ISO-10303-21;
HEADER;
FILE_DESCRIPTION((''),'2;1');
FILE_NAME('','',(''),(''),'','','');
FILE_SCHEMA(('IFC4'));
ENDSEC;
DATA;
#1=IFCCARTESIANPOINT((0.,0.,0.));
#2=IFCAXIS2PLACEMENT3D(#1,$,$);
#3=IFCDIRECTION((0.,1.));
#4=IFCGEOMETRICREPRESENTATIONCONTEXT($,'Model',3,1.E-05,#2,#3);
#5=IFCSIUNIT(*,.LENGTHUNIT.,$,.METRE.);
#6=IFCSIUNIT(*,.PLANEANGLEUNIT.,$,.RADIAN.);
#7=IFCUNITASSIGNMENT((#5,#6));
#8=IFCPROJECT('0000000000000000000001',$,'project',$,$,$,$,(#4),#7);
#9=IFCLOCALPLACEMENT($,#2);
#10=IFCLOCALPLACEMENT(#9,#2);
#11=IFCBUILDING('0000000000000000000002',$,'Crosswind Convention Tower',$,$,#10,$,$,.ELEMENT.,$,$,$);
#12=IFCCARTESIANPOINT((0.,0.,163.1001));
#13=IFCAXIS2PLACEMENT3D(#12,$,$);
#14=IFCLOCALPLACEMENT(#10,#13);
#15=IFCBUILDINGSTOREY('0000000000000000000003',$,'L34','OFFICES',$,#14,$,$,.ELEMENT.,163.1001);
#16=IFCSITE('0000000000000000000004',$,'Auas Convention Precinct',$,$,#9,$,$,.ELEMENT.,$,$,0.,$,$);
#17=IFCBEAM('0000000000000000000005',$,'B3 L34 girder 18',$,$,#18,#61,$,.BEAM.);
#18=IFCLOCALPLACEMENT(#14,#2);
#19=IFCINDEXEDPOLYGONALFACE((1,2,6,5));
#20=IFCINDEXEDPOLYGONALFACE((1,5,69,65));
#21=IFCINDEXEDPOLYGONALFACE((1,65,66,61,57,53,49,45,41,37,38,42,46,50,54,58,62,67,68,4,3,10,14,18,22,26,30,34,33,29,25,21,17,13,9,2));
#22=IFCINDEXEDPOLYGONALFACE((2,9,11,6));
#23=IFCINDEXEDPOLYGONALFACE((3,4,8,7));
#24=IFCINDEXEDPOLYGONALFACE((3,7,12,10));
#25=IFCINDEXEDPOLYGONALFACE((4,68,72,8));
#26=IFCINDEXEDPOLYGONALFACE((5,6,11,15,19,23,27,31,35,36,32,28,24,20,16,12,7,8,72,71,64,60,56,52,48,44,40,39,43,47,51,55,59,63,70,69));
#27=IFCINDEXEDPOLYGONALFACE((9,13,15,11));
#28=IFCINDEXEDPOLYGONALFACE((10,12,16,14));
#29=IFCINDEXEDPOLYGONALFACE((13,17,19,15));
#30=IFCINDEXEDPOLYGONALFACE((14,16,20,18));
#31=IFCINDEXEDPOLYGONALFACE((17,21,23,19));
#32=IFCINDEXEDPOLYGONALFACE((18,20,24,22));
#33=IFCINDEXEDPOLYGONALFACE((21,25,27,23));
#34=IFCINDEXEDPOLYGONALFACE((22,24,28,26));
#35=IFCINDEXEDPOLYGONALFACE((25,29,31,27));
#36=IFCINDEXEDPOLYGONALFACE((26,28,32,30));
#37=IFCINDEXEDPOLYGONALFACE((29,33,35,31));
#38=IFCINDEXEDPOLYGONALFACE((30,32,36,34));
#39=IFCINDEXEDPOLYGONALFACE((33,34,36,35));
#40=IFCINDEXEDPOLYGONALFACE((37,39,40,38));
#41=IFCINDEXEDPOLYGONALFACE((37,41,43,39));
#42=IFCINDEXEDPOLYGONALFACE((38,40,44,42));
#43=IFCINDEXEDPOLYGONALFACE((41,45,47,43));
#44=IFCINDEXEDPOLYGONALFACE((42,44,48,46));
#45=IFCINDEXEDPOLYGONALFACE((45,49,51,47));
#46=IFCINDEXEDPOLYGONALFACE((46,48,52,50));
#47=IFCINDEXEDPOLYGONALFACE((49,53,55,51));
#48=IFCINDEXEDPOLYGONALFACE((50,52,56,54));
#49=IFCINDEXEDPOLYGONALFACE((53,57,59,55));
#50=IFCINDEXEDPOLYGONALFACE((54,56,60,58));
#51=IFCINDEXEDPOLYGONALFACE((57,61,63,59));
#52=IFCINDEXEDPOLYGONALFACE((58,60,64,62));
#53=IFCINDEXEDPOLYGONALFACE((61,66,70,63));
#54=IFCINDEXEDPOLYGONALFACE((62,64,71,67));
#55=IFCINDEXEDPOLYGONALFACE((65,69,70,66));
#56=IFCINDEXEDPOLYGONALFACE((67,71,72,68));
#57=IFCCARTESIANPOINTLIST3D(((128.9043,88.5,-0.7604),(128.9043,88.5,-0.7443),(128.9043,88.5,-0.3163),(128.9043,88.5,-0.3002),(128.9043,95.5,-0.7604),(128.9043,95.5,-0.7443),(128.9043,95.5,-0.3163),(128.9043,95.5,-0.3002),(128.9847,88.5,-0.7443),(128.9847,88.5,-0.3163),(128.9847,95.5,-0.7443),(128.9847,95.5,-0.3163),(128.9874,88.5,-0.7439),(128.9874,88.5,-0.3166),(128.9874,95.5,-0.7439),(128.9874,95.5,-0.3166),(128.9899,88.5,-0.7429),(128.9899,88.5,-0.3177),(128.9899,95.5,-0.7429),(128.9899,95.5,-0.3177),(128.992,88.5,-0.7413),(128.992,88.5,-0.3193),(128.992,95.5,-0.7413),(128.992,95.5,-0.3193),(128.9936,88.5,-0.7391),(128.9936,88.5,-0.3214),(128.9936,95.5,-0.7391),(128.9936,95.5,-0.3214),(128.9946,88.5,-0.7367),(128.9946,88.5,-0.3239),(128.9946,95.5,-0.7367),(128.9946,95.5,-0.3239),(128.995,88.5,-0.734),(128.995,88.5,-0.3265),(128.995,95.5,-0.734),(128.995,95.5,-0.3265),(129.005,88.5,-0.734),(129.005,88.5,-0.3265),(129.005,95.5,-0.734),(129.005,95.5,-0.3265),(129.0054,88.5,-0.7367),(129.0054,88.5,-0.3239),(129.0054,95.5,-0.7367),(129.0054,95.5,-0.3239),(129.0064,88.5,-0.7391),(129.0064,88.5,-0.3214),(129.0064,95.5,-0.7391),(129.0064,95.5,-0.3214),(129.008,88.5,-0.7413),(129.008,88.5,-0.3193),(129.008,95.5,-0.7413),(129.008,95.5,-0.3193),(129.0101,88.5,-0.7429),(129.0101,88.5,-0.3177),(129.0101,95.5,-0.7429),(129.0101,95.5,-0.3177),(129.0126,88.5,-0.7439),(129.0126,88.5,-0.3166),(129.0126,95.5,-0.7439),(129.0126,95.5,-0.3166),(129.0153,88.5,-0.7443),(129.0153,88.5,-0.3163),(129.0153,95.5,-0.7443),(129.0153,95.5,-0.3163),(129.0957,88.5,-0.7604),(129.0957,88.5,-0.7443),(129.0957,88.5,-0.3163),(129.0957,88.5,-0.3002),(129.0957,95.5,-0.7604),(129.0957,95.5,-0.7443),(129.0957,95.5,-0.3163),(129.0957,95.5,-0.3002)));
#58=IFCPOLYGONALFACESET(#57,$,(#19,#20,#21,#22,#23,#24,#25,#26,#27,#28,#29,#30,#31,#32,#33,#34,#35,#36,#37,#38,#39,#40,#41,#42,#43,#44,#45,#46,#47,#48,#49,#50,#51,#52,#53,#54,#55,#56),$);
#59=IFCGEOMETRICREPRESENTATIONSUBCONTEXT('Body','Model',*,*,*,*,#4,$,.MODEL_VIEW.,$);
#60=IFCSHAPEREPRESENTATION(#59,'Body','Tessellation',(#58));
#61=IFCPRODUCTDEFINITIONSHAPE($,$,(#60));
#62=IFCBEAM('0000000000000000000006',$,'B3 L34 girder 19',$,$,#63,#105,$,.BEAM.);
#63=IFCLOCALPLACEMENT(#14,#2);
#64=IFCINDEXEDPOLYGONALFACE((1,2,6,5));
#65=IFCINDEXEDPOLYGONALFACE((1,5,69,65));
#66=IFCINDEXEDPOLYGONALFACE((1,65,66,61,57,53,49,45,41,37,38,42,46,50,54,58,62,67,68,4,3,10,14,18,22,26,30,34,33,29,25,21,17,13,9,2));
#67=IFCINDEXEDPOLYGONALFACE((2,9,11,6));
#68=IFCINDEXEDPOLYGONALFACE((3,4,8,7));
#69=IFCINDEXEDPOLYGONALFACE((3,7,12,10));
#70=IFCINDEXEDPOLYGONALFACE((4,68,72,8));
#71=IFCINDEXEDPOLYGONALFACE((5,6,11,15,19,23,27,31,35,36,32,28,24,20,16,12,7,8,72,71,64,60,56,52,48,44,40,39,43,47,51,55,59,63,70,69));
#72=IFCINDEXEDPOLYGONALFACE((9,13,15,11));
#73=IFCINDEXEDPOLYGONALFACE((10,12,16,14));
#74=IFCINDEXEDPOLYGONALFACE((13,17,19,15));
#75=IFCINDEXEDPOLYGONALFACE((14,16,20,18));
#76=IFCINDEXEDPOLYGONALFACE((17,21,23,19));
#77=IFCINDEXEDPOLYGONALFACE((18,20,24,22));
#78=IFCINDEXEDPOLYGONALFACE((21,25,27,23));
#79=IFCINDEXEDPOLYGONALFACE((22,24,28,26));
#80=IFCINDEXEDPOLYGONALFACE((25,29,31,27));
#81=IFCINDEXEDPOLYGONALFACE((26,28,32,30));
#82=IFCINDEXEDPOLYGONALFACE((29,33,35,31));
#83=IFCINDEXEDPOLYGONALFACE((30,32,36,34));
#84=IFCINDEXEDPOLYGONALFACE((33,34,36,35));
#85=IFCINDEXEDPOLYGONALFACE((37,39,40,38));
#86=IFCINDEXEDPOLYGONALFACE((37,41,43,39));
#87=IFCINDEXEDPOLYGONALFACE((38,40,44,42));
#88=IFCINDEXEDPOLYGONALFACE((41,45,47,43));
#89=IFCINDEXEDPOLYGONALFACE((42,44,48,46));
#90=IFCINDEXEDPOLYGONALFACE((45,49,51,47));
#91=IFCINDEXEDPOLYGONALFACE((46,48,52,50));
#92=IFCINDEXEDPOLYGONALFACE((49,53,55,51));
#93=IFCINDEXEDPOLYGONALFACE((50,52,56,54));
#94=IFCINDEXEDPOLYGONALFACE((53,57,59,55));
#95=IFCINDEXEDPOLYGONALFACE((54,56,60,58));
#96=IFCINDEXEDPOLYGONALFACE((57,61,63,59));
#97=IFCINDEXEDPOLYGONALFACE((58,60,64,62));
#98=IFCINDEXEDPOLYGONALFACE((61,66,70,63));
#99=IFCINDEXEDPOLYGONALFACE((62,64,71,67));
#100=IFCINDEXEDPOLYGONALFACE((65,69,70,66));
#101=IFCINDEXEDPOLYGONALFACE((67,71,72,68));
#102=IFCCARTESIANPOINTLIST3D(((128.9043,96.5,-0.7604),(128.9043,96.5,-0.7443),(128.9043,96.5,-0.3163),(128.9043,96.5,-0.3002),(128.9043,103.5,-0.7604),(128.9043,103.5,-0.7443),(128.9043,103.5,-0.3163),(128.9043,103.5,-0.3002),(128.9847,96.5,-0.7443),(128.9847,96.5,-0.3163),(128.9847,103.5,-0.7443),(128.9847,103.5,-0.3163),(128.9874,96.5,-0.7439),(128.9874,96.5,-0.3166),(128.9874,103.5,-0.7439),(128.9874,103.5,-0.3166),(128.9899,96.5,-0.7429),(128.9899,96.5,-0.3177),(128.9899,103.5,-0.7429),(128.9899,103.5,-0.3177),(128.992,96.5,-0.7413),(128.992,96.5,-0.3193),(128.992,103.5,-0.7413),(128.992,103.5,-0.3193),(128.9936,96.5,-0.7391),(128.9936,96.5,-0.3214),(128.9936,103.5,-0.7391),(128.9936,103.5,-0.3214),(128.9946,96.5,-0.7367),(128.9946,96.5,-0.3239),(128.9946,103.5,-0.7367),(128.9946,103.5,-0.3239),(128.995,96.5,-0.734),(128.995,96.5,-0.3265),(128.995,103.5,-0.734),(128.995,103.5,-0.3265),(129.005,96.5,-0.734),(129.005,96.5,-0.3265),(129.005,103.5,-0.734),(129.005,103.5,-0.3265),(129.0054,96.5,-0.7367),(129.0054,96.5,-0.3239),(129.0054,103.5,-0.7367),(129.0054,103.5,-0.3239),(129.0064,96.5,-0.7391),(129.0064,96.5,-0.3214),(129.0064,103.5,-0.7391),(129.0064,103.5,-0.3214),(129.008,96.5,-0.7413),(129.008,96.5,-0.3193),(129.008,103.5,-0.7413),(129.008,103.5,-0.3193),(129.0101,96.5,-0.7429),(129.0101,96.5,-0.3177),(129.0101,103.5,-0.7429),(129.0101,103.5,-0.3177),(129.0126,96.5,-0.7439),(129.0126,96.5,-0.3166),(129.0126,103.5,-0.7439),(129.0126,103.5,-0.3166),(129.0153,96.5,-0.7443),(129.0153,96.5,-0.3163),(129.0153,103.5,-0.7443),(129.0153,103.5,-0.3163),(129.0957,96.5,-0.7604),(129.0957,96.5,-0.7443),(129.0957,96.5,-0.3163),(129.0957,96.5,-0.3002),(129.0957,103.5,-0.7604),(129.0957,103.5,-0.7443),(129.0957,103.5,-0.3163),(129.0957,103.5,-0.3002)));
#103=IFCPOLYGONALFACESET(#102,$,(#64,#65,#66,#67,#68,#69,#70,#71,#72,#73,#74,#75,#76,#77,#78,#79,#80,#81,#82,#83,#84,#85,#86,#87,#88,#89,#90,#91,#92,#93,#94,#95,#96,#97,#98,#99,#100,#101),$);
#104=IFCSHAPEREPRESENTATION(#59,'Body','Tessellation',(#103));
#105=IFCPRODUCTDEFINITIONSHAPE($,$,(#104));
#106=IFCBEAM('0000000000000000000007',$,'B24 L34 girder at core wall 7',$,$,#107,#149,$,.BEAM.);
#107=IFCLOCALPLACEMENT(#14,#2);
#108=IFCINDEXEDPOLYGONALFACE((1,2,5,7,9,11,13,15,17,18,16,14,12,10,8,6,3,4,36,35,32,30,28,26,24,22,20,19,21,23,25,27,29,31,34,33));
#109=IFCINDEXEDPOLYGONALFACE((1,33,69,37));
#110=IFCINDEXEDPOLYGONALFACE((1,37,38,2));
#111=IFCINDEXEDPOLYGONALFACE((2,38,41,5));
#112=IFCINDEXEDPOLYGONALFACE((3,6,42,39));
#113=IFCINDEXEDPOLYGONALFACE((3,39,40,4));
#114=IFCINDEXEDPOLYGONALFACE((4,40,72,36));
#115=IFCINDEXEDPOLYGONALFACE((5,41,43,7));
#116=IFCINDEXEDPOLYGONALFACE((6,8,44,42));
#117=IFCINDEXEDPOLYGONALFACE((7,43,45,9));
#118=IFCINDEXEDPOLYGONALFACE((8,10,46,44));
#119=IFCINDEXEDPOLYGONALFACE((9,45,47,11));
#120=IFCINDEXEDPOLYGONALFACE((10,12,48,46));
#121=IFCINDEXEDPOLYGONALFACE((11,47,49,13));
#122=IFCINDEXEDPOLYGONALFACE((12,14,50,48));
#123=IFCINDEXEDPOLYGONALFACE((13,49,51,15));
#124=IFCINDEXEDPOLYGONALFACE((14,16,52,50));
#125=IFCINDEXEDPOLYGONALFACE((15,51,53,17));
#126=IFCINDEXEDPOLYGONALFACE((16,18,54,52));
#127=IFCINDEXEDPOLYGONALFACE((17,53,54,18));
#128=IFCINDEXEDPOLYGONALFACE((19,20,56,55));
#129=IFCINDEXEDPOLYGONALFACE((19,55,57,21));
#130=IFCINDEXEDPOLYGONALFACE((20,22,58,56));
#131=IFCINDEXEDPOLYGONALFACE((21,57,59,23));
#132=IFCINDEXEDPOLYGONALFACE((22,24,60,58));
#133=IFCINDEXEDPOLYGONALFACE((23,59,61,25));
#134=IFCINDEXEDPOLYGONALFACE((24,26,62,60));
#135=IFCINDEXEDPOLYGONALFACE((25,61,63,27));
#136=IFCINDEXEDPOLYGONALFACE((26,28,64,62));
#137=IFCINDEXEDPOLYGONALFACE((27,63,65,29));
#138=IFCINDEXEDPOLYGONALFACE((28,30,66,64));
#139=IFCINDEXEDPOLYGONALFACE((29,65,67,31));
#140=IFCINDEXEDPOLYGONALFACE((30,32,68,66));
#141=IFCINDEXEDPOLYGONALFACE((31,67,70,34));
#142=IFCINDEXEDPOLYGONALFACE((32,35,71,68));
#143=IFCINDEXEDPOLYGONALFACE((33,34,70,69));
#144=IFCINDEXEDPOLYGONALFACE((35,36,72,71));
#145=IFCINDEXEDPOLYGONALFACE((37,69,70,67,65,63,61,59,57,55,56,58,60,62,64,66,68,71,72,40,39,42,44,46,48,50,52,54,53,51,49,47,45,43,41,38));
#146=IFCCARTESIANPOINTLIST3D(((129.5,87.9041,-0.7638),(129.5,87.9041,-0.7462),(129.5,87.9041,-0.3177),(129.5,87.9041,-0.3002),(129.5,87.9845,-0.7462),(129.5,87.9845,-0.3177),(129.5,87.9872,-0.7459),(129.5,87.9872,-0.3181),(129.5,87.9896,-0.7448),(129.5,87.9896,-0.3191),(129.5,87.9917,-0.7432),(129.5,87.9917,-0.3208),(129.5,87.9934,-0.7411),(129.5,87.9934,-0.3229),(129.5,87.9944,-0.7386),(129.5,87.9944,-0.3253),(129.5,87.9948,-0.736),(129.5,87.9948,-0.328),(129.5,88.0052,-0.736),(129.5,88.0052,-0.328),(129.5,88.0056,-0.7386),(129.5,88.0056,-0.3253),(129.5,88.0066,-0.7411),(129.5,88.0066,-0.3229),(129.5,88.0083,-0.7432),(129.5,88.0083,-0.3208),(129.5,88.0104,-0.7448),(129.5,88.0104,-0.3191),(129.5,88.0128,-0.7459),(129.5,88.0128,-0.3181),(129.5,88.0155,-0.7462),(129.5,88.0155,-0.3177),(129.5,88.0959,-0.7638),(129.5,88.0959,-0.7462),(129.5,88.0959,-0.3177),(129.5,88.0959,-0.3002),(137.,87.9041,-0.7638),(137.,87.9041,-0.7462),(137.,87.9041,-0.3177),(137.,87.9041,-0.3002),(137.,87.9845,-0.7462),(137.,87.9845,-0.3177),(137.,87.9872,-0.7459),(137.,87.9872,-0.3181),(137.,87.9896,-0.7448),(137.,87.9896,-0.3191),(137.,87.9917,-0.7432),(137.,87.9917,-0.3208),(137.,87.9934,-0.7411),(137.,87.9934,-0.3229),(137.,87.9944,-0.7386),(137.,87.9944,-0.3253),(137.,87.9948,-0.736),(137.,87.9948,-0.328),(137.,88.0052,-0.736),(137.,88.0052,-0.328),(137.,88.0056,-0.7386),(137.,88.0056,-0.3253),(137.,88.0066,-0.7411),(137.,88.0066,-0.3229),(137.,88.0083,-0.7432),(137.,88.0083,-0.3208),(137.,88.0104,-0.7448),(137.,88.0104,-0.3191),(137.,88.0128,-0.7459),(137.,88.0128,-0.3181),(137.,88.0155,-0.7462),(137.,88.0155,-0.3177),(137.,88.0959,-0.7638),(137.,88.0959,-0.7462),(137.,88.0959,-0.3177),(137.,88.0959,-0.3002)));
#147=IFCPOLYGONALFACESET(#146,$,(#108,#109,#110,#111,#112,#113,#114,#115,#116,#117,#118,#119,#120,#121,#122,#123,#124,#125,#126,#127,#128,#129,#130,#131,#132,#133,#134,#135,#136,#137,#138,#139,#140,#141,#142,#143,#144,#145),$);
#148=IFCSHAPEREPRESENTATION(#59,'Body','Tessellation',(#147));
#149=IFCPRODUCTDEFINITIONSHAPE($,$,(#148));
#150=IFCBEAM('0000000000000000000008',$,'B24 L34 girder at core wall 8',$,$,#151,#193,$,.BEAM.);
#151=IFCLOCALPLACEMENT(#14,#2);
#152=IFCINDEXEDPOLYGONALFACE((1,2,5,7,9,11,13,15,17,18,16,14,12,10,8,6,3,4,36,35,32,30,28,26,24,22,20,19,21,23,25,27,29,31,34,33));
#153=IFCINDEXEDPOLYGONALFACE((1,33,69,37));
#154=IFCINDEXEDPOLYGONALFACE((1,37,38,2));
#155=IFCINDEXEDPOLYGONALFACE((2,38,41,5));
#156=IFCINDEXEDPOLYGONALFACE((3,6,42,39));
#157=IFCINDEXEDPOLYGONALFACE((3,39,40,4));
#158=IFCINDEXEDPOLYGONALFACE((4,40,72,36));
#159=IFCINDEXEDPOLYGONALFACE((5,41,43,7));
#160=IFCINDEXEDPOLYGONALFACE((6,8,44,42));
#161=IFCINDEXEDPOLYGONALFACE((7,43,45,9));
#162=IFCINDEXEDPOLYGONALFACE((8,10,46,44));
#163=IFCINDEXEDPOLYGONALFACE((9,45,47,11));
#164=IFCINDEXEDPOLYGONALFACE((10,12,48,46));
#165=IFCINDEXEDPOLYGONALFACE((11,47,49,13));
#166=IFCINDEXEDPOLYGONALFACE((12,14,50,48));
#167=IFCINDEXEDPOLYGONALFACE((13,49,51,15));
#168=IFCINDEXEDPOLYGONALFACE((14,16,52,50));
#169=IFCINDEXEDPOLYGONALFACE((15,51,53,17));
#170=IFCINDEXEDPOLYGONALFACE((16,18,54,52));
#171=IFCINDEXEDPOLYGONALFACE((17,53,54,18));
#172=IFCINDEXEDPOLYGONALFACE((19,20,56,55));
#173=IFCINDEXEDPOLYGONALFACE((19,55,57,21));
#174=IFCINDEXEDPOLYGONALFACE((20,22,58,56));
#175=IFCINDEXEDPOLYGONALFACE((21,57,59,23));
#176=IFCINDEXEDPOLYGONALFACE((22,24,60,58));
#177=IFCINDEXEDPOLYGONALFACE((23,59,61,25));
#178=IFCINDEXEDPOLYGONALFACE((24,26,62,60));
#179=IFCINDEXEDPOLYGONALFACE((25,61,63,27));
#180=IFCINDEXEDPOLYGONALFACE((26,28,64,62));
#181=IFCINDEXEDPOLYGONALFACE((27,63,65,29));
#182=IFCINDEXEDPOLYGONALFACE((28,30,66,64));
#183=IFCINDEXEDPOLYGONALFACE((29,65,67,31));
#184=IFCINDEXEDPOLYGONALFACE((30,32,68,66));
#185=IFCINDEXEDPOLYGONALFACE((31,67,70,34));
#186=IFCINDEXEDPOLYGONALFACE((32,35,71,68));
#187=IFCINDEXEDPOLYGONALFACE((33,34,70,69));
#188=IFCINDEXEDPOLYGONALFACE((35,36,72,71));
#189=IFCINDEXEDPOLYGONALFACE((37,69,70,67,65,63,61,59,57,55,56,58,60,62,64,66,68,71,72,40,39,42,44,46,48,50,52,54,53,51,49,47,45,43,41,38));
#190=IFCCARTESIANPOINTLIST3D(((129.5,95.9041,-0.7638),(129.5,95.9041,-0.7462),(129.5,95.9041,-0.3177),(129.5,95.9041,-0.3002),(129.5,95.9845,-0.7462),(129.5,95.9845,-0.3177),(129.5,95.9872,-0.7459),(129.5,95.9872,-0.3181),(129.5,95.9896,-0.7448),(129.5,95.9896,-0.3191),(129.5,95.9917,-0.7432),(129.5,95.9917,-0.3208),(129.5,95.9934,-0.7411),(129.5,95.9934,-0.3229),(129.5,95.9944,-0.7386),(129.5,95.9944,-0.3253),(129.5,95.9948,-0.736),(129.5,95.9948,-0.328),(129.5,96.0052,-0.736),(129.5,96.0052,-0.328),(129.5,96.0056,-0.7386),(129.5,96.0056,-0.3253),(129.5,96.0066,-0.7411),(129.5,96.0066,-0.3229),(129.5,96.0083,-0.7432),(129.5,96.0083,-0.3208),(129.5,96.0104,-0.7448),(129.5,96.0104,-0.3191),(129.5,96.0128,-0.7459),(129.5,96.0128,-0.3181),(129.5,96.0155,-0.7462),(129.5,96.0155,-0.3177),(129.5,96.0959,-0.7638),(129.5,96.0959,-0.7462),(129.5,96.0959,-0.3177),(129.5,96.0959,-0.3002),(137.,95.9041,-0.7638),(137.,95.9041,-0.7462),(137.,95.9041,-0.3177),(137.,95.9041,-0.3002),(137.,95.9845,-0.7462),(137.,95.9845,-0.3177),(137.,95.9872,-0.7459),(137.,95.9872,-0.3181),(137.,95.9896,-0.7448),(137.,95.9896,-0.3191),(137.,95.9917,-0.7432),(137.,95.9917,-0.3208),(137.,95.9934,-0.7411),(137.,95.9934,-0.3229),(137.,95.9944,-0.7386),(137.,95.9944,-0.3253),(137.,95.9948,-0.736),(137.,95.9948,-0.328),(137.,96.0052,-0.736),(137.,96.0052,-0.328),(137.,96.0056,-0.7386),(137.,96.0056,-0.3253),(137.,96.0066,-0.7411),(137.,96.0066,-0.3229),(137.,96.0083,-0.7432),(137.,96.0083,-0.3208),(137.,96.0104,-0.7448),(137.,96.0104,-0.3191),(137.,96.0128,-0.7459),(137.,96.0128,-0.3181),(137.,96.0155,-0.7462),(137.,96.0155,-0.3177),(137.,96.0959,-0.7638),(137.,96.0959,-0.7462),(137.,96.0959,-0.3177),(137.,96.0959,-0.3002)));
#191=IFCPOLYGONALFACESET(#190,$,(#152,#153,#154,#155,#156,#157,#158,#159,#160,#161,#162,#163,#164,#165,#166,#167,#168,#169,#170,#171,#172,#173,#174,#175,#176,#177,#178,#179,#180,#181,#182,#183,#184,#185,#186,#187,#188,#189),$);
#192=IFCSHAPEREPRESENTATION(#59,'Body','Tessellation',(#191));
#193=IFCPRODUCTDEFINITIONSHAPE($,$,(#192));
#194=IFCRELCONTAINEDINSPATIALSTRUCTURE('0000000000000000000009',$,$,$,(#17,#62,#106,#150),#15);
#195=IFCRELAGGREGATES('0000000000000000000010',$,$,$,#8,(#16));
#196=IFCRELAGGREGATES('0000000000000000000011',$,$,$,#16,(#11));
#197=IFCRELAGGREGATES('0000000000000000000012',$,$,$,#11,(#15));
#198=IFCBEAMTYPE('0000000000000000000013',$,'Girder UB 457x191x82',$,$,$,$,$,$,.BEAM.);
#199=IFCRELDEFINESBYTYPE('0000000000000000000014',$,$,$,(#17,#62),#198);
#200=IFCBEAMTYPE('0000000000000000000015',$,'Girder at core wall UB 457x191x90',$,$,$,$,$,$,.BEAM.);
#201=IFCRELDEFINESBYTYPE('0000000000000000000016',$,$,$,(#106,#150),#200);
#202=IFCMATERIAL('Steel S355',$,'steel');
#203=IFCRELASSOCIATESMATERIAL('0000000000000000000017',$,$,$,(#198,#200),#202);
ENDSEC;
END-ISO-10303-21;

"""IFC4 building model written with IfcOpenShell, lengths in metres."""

from ifc_helpers import new_model, si_unit, direction, frame, origin, origin_2d, place, context, subcontext, project, spatial, i_section, extrude, material, material_profile, profile_set, type_object, element, save


model = new_model("IFC4")

# Units and contexts
model_context = context("Model", 3, precision=1e-05, world=origin(), true_north=direction((0.0, 1.0)))
body_context = subcontext(model_context, "Body", "Model", "MODEL_VIEW")
ifc_project = project(units=[si_unit("LENGTHUNIT", "METRE"), si_unit("PLANEANGLEUNIT", "RADIAN")], contexts=[model_context])

# Site, building, storey
site_placement = place(None, origin())
site = spatial("IfcSite", under=ifc_project, at=site_placement, Name="Auas Convention Precinct", CompositionType="ELEMENT", RefElevation=0.0)
building_placement = place(site_placement, origin())
building = spatial("IfcBuilding", under=site, at=building_placement, Name="Crosswind Convention Tower", CompositionType="ELEMENT")
storey_placement = place(building_placement, frame((0.0, 0.0, 163.1001)))
storey = spatial("IfcBuildingStorey", under=building, at=storey_placement, Name="L34", Description="OFFICES", CompositionType="ELEMENT", Elevation=163.1001)

# Beams
ifc_material_1 = material(Name="Steel S355", Category="steel")
ifc_material_profile_1 = material_profile(ifc_material_1, i_section(OverallWidth=0.1914, OverallDepth=0.4602, WebThickness=0.01, FlangeThickness=0.0161, FilletRadius=0.0103, at=origin_2d()), Name="UB 457x191x82")
ifc_profile_set_1 = profile_set([ifc_material_profile_1], Name="Steel S355")
beam_type_1 = type_object("IfcBeamType", Name="Girder UB 457x191x82", PredefinedType="BEAM", material=ifc_profile_set_1)
for number, where, z_axis, x_axis, name in (
    (1, (129.0, 88.5, -0.5303), (0.0, 1.0, 0.0), (-1.0, 0.0, 0.0), "B3 L34 girder 18"),
    (2, (129.0, 96.5, -0.5303), (0.0, 1.0, 0.0), (-1.0, 0.0, 0.0), "B3 L34 girder 19"),
):
    element("IfcBeam", number, at=place(storey_placement, frame(where, z_axis=z_axis, x_axis=x_axis)), inside=storey, type_object=beam_type_1, Name=name, PredefinedType="BEAM", context=body_context, shape_type="SweptSolid", body=[
        extrude(i_section(OverallWidth=0.1914, OverallDepth=0.4602, WebThickness=0.01, FlangeThickness=0.0161, FilletRadius=0.0103, at=origin_2d()), origin(), (0.0, 0.0, 1.0), 7.0),
    ])
ifc_material_profile_2 = material_profile(ifc_material_1, i_section(OverallWidth=0.1919, OverallDepth=0.4636, WebThickness=0.0105, FlangeThickness=0.0176, FilletRadius=0.0103, at=origin_2d()), Name="UB 457x191x90")
ifc_profile_set_2 = profile_set([ifc_material_profile_2], Name="Steel S355")
beam_type_2 = type_object("IfcBeamType", Name="Girder at core wall UB 457x191x90", PredefinedType="BEAM", material=ifc_profile_set_2)
for number, where, z_axis, x_axis, name in (
    (3, (129.5, 88.0, -0.532), (1.0, 0.0, 0.0), (0.0, 1.0, 0.0), "B24 L34 girder at core wall 7"),
    (4, (129.5, 96.0, -0.532), (1.0, 0.0, 0.0), (0.0, 1.0, 0.0), "B24 L34 girder at core wall 8"),
):
    element("IfcBeam", number, at=place(storey_placement, frame(where, z_axis=z_axis, x_axis=x_axis)), inside=storey, type_object=beam_type_2, Name=name, PredefinedType="BEAM", context=body_context, shape_type="SweptSolid", body=[
        extrude(i_section(OverallWidth=0.1919, OverallDepth=0.4636, WebThickness=0.0105, FlangeThickness=0.0176, FilletRadius=0.0103, at=origin_2d()), origin(), (0.0, 0.0, 1.0), 7.5),
    ])

save(model, "model.ifc")
